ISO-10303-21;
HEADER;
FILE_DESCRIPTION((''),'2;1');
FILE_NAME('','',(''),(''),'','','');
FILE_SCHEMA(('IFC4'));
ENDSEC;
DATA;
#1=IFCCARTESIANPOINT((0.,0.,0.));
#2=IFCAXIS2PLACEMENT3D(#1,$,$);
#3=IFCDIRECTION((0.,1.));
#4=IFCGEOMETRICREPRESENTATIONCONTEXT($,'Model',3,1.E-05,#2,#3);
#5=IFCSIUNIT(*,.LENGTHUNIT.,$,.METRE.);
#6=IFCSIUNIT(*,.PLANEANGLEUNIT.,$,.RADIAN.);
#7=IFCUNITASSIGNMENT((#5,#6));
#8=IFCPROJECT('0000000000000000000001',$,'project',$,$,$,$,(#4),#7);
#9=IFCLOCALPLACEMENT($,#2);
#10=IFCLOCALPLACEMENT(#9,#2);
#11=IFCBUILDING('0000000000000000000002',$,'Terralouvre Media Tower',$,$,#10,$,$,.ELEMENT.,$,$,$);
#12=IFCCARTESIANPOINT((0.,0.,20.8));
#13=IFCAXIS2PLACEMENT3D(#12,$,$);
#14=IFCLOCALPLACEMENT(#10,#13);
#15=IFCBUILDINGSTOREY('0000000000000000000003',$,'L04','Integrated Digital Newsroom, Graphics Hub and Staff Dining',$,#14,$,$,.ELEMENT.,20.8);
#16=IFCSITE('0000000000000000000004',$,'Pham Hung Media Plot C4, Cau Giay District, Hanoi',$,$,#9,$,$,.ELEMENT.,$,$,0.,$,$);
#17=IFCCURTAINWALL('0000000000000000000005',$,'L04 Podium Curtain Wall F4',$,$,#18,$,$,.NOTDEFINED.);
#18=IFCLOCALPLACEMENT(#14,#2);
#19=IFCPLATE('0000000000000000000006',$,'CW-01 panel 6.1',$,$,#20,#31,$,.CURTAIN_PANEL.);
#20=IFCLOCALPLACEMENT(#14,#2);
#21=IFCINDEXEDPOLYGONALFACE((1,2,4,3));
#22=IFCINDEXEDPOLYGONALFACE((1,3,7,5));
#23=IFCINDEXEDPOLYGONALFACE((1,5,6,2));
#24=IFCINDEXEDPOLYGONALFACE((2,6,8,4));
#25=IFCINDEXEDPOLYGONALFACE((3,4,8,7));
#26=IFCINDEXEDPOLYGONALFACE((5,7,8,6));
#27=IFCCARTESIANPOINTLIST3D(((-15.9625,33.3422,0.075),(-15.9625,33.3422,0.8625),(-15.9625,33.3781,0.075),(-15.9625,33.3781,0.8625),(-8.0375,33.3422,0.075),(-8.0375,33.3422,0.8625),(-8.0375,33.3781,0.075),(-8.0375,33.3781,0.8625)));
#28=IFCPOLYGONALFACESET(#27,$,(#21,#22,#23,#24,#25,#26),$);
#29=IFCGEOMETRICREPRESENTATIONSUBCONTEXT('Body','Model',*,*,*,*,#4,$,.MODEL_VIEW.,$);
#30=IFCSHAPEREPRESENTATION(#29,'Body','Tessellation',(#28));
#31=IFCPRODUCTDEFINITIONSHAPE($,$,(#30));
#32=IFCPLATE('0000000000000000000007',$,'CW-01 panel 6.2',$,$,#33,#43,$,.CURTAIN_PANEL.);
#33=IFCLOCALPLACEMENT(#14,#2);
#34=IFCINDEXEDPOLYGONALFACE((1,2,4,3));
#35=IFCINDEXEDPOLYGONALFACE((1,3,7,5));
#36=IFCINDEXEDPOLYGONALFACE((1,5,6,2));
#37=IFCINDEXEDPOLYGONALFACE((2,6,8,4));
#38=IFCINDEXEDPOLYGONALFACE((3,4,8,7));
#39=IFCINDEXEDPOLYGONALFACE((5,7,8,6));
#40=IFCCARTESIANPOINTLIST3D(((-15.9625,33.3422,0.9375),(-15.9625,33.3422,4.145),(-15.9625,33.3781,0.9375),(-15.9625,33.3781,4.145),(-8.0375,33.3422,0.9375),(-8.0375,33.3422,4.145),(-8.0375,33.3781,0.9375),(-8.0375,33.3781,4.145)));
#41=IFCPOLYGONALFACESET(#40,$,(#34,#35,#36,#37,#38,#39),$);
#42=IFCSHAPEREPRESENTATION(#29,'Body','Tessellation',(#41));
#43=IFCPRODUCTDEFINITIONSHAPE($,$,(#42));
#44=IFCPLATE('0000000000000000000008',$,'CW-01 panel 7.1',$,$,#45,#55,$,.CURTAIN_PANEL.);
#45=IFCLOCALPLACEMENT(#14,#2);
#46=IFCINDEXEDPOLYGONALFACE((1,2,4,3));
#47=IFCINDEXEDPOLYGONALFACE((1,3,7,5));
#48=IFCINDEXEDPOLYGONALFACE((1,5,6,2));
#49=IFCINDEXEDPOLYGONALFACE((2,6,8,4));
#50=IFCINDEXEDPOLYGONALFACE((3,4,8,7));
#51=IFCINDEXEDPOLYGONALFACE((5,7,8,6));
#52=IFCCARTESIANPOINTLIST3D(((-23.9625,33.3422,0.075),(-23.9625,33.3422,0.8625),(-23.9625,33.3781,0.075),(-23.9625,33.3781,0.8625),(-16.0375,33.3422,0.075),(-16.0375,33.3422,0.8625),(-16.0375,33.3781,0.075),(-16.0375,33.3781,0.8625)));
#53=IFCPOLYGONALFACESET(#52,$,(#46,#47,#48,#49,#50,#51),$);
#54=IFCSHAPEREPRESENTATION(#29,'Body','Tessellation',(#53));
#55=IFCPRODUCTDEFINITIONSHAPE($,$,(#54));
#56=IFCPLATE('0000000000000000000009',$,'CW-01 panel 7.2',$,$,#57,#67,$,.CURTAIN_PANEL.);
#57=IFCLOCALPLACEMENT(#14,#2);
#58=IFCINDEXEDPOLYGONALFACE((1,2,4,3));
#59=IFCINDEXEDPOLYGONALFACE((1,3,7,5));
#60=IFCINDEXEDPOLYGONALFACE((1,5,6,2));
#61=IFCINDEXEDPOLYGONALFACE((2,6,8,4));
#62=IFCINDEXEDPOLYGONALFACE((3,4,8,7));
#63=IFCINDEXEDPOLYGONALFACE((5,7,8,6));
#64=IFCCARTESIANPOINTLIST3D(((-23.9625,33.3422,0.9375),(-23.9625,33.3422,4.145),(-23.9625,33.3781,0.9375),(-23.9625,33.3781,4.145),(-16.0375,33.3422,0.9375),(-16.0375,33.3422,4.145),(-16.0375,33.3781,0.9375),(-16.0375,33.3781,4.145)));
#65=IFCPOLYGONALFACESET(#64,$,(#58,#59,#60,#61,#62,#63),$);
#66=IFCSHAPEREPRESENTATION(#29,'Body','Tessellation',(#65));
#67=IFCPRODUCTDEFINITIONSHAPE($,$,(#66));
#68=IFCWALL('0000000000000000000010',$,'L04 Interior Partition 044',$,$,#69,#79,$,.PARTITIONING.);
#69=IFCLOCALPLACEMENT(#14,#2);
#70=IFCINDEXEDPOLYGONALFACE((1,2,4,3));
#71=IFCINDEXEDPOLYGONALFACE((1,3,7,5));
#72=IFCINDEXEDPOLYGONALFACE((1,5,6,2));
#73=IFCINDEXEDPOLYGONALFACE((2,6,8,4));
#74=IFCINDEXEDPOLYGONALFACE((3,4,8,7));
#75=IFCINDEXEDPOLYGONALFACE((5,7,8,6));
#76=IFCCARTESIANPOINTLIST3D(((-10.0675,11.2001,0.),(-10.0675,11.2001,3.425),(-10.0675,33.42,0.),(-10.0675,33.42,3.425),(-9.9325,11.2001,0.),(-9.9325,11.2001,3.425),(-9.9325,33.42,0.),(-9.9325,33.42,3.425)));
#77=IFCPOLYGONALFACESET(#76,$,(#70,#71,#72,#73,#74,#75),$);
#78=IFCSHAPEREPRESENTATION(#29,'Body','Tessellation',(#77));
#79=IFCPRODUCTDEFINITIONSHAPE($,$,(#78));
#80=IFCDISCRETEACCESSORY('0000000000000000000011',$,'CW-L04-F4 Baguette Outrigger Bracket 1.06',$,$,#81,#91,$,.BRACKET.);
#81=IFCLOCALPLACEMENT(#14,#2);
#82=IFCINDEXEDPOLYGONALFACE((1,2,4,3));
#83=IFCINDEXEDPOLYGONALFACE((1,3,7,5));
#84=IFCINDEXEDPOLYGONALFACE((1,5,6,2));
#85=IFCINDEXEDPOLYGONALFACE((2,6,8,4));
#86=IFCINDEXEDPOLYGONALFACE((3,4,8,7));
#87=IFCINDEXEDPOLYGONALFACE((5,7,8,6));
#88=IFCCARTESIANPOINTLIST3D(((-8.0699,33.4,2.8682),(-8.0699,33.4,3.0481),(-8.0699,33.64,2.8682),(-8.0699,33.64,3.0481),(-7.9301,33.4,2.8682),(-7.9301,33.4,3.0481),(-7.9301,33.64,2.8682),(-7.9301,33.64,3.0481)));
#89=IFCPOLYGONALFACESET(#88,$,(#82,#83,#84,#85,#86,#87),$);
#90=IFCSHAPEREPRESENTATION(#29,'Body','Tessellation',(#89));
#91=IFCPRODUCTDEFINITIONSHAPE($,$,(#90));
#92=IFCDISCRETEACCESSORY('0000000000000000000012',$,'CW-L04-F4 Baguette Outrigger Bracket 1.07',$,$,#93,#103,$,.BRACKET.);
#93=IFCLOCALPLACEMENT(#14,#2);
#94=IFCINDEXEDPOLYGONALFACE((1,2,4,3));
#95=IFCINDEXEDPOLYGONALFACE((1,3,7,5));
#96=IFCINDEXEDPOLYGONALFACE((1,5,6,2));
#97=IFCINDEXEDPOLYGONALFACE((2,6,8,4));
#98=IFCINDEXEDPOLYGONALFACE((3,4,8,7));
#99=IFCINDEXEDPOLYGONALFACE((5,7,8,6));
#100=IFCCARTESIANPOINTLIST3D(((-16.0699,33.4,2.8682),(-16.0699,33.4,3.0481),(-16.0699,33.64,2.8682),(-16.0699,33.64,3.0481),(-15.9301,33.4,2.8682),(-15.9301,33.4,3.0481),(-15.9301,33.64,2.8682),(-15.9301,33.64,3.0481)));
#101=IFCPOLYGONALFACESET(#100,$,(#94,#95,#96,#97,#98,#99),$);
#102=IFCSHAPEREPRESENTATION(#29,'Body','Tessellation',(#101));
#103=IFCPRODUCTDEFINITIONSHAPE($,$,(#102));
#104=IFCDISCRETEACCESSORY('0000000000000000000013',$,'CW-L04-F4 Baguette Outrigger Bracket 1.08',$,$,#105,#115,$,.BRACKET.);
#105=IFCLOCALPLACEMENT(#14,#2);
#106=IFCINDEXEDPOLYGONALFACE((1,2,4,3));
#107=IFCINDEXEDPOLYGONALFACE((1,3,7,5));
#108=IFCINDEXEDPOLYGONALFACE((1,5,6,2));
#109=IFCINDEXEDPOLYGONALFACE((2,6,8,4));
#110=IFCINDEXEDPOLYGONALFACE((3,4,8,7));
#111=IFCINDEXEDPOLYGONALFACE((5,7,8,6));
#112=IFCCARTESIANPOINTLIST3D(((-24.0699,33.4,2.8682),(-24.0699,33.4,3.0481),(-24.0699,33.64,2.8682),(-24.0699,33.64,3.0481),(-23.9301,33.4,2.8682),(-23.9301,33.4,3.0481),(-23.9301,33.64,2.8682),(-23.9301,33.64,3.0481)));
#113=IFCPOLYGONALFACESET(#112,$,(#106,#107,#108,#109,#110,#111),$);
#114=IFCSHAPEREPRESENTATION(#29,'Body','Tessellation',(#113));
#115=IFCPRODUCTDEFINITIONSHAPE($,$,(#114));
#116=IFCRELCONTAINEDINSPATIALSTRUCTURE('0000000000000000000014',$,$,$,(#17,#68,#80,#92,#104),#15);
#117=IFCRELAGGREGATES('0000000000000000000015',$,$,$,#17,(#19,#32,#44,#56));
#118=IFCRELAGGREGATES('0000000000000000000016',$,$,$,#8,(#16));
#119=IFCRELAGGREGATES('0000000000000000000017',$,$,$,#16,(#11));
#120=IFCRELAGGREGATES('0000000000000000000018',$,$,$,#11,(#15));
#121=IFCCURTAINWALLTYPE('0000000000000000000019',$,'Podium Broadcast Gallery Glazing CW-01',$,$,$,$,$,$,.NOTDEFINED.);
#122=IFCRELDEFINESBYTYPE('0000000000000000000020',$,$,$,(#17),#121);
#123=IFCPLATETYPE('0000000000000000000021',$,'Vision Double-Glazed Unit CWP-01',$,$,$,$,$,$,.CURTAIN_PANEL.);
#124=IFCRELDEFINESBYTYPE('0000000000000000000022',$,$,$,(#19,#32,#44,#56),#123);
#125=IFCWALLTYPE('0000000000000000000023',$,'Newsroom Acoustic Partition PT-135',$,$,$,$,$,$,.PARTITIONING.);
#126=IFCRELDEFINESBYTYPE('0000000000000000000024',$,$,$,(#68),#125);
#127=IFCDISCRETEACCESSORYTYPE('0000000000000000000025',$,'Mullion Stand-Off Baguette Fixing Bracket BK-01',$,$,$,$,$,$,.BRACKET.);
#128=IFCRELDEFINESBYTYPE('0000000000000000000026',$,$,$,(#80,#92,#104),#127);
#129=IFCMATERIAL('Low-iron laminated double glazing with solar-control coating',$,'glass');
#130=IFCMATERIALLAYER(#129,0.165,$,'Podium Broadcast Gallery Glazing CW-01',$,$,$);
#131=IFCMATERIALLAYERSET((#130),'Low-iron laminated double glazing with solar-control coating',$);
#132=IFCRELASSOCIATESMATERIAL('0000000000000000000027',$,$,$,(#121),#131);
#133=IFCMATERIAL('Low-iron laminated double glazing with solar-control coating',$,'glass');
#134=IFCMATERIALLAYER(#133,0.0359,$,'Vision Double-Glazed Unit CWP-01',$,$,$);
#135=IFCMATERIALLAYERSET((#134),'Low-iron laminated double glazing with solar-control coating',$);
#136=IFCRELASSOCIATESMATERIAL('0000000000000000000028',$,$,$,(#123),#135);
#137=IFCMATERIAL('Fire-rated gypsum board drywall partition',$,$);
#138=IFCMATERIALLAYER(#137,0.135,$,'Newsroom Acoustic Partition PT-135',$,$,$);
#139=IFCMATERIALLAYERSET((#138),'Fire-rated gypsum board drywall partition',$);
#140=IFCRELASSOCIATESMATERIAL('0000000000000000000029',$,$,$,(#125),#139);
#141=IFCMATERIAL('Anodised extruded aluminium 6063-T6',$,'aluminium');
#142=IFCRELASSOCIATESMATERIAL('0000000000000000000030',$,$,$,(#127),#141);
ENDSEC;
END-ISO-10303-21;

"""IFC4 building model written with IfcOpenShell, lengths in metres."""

from ifc_helpers import new_model, si_unit, direction, frame, frame_2d, origin, origin_2d, place, context, subcontext, project, spatial, rectangle, extrude, material, layer, layer_set, type_object, element, aggregate, save


model = new_model("IFC4")

# Units and contexts
model_context = context("Model", 3, precision=1e-05, world=origin(), true_north=direction((0.0, 1.0)))
body_context = subcontext(model_context, "Body", "Model", "MODEL_VIEW")
ifc_project = project(units=[si_unit("LENGTHUNIT", "METRE"), si_unit("PLANEANGLEUNIT", "RADIAN")], contexts=[model_context])

# Site, building, storey
site_placement = place(None, origin())
site = spatial("IfcSite", under=ifc_project, at=site_placement, Name="Pham Hung Media Plot C4, Cau Giay District, Hanoi", CompositionType="ELEMENT", RefElevation=0.0)
building_placement = place(site_placement, origin())
building = spatial("IfcBuilding", under=site, at=building_placement, Name="Terralouvre Media Tower", CompositionType="ELEMENT")
storey_placement = place(building_placement, frame((0.0, 0.0, 20.8)))
storey = spatial("IfcBuildingStorey", under=building, at=storey_placement, Name="L04", Description="Integrated Digital Newsroom, Graphics Hub and Staff Dining", CompositionType="ELEMENT", Elevation=20.8)

# Curtain wall
ifc_material_1 = material(Name="Low-iron laminated double glazing with solar-control coating", Category="glass")
ifc_layer_1 = layer(ifc_material_1, 0.165, Name="Podium Broadcast Gallery Glazing CW-01")
ifc_layer_set_1 = layer_set([ifc_layer_1], Name="Low-iron laminated double glazing with solar-control coating")
curtain_wall_type = type_object("IfcCurtainWallType", Name="Podium Broadcast Gallery Glazing CW-01", PredefinedType="NOTDEFINED", material=ifc_layer_set_1)
curtain_wall_placement = place(storey_placement, origin())
curtain_wall = element("IfcCurtainWall", 1, at=curtain_wall_placement, inside=storey, type_object=curtain_wall_type, Name="L04 Podium Curtain Wall F4", PredefinedType="NOTDEFINED")

# Plates
ifc_material_2 = material(Name="Low-iron laminated double glazing with solar-control coating", Category="glass")
ifc_layer_2 = layer(ifc_material_2, 0.0359, Name="Vision Double-Glazed Unit CWP-01")
ifc_layer_set_2 = layer_set([ifc_layer_2], Name="Low-iron laminated double glazing with solar-control coating")
plate_type = type_object("IfcPlateType", Name="Vision Double-Glazed Unit CWP-01", PredefinedType="CURTAIN_PANEL", material=ifc_layer_set_2)
plate_1_placement = place(storey_placement, frame((-12.0, 33.3601, 0.075), z_axis=(0.0, 0.0, 1.0), x_axis=(-1.0, 0.0, 0.0)))
plate_1 = element("IfcPlate", 2, at=plate_1_placement, type_object=plate_type, Name="CW-01 panel 6.1", PredefinedType="CURTAIN_PANEL", context=body_context, shape_type="SweptSolid", body=[
    extrude(rectangle(XDim=7.925, YDim=0.0359, at=origin_2d()), origin(), (0.0, 0.0, 1.0), 0.7876),
])
plate_2_placement = place(storey_placement, frame((-12.0, 33.3601, 0.9375), z_axis=(0.0, 0.0, 1.0), x_axis=(-1.0, 0.0, 0.0)))
plate_2 = element("IfcPlate", 3, at=plate_2_placement, type_object=plate_type, Name="CW-01 panel 6.2", PredefinedType="CURTAIN_PANEL", context=body_context, shape_type="SweptSolid", body=[
    extrude(rectangle(XDim=7.925, YDim=0.0359, at=origin_2d()), origin(), (0.0, 0.0, 1.0), 3.2075),
])
plate_3_placement = place(storey_placement, frame((-20.0, 33.3601, 0.075), z_axis=(0.0, 0.0, 1.0), x_axis=(-1.0, 0.0, 0.0)))
plate_3 = element("IfcPlate", 4, at=plate_3_placement, type_object=plate_type, Name="CW-01 panel 7.1", PredefinedType="CURTAIN_PANEL", context=body_context, shape_type="SweptSolid", body=[
    extrude(rectangle(XDim=7.925, YDim=0.0359, at=origin_2d()), origin(), (0.0, 0.0, 1.0), 0.7876),
])
plate_4_placement = place(storey_placement, frame((-20.0, 33.3601, 0.9375), z_axis=(0.0, 0.0, 1.0), x_axis=(-1.0, 0.0, 0.0)))
plate_4 = element("IfcPlate", 5, at=plate_4_placement, type_object=plate_type, Name="CW-01 panel 7.2", PredefinedType="CURTAIN_PANEL", context=body_context, shape_type="SweptSolid", body=[
    extrude(rectangle(XDim=7.925, YDim=0.0359, at=origin_2d()), origin(), (0.0, 0.0, 1.0), 3.2075),
])
aggregate(curtain_wall, [plate_1, plate_2, plate_3, plate_4])

# Wall
ifc_material_3 = material(Name="Fire-rated gypsum board drywall partition")
ifc_layer_3 = layer(ifc_material_3, 0.135, Name="Newsroom Acoustic Partition PT-135")
ifc_layer_set_3 = layer_set([ifc_layer_3], Name="Fire-rated gypsum board drywall partition")
wall_type = type_object("IfcWallType", Name="Newsroom Acoustic Partition PT-135", PredefinedType="PARTITIONING", material=ifc_layer_set_3)
wall_placement = place(storey_placement, frame((-10.0, 33.4199, 0.0), z_axis=(0.0, 0.0, 1.0), x_axis=(0.0, -1.0, 0.0)))
element("IfcWall", 6, at=wall_placement, inside=storey, type_object=wall_type, Name="L04 Interior Partition 044", PredefinedType="PARTITIONING", context=body_context, shape_type="SweptSolid", body=[
    extrude(rectangle(XDim=22.22, YDim=0.135, at=frame_2d((11.1099, 0.0))), origin(), (0.0, 0.0, 1.0), 3.425),
])

# Discrete accessories
ifc_material_4 = material(Name="Anodised extruded aluminium 6063-T6", Category="aluminium")
discrete_accessory_type = type_object("IfcDiscreteAccessoryType", Name="Mullion Stand-Off Baguette Fixing Bracket BK-01", PredefinedType="BRACKET", material=ifc_material_4)
for number, where, z_axis, x_axis, name in (
    (7, (-8.0, 33.52, 2.8682), (0.0, 0.0, 1.0), (-1.0, 0.0, 0.0), "CW-L04-F4 Baguette Outrigger Bracket 1.06"),
    (8, (-16.0, 33.52, 2.8682), (0.0, 0.0, 1.0), (-1.0, 0.0, 0.0), "CW-L04-F4 Baguette Outrigger Bracket 1.07"),
    (9, (-24.0, 33.52, 2.8682), (0.0, 0.0, 1.0), (-1.0, 0.0, 0.0), "CW-L04-F4 Baguette Outrigger Bracket 1.08"),
):
    element("IfcDiscreteAccessory", number, at=place(storey_placement, frame(where, z_axis=z_axis, x_axis=x_axis)), inside=storey, type_object=discrete_accessory_type, Name=name, PredefinedType="BRACKET", context=body_context, shape_type="SweptSolid", body=[
        extrude(rectangle(XDim=0.1399, YDim=0.24, at=origin_2d()), origin(), (0.0, 0.0, 1.0), 0.1799),
    ])

save(model, "model.ifc")
